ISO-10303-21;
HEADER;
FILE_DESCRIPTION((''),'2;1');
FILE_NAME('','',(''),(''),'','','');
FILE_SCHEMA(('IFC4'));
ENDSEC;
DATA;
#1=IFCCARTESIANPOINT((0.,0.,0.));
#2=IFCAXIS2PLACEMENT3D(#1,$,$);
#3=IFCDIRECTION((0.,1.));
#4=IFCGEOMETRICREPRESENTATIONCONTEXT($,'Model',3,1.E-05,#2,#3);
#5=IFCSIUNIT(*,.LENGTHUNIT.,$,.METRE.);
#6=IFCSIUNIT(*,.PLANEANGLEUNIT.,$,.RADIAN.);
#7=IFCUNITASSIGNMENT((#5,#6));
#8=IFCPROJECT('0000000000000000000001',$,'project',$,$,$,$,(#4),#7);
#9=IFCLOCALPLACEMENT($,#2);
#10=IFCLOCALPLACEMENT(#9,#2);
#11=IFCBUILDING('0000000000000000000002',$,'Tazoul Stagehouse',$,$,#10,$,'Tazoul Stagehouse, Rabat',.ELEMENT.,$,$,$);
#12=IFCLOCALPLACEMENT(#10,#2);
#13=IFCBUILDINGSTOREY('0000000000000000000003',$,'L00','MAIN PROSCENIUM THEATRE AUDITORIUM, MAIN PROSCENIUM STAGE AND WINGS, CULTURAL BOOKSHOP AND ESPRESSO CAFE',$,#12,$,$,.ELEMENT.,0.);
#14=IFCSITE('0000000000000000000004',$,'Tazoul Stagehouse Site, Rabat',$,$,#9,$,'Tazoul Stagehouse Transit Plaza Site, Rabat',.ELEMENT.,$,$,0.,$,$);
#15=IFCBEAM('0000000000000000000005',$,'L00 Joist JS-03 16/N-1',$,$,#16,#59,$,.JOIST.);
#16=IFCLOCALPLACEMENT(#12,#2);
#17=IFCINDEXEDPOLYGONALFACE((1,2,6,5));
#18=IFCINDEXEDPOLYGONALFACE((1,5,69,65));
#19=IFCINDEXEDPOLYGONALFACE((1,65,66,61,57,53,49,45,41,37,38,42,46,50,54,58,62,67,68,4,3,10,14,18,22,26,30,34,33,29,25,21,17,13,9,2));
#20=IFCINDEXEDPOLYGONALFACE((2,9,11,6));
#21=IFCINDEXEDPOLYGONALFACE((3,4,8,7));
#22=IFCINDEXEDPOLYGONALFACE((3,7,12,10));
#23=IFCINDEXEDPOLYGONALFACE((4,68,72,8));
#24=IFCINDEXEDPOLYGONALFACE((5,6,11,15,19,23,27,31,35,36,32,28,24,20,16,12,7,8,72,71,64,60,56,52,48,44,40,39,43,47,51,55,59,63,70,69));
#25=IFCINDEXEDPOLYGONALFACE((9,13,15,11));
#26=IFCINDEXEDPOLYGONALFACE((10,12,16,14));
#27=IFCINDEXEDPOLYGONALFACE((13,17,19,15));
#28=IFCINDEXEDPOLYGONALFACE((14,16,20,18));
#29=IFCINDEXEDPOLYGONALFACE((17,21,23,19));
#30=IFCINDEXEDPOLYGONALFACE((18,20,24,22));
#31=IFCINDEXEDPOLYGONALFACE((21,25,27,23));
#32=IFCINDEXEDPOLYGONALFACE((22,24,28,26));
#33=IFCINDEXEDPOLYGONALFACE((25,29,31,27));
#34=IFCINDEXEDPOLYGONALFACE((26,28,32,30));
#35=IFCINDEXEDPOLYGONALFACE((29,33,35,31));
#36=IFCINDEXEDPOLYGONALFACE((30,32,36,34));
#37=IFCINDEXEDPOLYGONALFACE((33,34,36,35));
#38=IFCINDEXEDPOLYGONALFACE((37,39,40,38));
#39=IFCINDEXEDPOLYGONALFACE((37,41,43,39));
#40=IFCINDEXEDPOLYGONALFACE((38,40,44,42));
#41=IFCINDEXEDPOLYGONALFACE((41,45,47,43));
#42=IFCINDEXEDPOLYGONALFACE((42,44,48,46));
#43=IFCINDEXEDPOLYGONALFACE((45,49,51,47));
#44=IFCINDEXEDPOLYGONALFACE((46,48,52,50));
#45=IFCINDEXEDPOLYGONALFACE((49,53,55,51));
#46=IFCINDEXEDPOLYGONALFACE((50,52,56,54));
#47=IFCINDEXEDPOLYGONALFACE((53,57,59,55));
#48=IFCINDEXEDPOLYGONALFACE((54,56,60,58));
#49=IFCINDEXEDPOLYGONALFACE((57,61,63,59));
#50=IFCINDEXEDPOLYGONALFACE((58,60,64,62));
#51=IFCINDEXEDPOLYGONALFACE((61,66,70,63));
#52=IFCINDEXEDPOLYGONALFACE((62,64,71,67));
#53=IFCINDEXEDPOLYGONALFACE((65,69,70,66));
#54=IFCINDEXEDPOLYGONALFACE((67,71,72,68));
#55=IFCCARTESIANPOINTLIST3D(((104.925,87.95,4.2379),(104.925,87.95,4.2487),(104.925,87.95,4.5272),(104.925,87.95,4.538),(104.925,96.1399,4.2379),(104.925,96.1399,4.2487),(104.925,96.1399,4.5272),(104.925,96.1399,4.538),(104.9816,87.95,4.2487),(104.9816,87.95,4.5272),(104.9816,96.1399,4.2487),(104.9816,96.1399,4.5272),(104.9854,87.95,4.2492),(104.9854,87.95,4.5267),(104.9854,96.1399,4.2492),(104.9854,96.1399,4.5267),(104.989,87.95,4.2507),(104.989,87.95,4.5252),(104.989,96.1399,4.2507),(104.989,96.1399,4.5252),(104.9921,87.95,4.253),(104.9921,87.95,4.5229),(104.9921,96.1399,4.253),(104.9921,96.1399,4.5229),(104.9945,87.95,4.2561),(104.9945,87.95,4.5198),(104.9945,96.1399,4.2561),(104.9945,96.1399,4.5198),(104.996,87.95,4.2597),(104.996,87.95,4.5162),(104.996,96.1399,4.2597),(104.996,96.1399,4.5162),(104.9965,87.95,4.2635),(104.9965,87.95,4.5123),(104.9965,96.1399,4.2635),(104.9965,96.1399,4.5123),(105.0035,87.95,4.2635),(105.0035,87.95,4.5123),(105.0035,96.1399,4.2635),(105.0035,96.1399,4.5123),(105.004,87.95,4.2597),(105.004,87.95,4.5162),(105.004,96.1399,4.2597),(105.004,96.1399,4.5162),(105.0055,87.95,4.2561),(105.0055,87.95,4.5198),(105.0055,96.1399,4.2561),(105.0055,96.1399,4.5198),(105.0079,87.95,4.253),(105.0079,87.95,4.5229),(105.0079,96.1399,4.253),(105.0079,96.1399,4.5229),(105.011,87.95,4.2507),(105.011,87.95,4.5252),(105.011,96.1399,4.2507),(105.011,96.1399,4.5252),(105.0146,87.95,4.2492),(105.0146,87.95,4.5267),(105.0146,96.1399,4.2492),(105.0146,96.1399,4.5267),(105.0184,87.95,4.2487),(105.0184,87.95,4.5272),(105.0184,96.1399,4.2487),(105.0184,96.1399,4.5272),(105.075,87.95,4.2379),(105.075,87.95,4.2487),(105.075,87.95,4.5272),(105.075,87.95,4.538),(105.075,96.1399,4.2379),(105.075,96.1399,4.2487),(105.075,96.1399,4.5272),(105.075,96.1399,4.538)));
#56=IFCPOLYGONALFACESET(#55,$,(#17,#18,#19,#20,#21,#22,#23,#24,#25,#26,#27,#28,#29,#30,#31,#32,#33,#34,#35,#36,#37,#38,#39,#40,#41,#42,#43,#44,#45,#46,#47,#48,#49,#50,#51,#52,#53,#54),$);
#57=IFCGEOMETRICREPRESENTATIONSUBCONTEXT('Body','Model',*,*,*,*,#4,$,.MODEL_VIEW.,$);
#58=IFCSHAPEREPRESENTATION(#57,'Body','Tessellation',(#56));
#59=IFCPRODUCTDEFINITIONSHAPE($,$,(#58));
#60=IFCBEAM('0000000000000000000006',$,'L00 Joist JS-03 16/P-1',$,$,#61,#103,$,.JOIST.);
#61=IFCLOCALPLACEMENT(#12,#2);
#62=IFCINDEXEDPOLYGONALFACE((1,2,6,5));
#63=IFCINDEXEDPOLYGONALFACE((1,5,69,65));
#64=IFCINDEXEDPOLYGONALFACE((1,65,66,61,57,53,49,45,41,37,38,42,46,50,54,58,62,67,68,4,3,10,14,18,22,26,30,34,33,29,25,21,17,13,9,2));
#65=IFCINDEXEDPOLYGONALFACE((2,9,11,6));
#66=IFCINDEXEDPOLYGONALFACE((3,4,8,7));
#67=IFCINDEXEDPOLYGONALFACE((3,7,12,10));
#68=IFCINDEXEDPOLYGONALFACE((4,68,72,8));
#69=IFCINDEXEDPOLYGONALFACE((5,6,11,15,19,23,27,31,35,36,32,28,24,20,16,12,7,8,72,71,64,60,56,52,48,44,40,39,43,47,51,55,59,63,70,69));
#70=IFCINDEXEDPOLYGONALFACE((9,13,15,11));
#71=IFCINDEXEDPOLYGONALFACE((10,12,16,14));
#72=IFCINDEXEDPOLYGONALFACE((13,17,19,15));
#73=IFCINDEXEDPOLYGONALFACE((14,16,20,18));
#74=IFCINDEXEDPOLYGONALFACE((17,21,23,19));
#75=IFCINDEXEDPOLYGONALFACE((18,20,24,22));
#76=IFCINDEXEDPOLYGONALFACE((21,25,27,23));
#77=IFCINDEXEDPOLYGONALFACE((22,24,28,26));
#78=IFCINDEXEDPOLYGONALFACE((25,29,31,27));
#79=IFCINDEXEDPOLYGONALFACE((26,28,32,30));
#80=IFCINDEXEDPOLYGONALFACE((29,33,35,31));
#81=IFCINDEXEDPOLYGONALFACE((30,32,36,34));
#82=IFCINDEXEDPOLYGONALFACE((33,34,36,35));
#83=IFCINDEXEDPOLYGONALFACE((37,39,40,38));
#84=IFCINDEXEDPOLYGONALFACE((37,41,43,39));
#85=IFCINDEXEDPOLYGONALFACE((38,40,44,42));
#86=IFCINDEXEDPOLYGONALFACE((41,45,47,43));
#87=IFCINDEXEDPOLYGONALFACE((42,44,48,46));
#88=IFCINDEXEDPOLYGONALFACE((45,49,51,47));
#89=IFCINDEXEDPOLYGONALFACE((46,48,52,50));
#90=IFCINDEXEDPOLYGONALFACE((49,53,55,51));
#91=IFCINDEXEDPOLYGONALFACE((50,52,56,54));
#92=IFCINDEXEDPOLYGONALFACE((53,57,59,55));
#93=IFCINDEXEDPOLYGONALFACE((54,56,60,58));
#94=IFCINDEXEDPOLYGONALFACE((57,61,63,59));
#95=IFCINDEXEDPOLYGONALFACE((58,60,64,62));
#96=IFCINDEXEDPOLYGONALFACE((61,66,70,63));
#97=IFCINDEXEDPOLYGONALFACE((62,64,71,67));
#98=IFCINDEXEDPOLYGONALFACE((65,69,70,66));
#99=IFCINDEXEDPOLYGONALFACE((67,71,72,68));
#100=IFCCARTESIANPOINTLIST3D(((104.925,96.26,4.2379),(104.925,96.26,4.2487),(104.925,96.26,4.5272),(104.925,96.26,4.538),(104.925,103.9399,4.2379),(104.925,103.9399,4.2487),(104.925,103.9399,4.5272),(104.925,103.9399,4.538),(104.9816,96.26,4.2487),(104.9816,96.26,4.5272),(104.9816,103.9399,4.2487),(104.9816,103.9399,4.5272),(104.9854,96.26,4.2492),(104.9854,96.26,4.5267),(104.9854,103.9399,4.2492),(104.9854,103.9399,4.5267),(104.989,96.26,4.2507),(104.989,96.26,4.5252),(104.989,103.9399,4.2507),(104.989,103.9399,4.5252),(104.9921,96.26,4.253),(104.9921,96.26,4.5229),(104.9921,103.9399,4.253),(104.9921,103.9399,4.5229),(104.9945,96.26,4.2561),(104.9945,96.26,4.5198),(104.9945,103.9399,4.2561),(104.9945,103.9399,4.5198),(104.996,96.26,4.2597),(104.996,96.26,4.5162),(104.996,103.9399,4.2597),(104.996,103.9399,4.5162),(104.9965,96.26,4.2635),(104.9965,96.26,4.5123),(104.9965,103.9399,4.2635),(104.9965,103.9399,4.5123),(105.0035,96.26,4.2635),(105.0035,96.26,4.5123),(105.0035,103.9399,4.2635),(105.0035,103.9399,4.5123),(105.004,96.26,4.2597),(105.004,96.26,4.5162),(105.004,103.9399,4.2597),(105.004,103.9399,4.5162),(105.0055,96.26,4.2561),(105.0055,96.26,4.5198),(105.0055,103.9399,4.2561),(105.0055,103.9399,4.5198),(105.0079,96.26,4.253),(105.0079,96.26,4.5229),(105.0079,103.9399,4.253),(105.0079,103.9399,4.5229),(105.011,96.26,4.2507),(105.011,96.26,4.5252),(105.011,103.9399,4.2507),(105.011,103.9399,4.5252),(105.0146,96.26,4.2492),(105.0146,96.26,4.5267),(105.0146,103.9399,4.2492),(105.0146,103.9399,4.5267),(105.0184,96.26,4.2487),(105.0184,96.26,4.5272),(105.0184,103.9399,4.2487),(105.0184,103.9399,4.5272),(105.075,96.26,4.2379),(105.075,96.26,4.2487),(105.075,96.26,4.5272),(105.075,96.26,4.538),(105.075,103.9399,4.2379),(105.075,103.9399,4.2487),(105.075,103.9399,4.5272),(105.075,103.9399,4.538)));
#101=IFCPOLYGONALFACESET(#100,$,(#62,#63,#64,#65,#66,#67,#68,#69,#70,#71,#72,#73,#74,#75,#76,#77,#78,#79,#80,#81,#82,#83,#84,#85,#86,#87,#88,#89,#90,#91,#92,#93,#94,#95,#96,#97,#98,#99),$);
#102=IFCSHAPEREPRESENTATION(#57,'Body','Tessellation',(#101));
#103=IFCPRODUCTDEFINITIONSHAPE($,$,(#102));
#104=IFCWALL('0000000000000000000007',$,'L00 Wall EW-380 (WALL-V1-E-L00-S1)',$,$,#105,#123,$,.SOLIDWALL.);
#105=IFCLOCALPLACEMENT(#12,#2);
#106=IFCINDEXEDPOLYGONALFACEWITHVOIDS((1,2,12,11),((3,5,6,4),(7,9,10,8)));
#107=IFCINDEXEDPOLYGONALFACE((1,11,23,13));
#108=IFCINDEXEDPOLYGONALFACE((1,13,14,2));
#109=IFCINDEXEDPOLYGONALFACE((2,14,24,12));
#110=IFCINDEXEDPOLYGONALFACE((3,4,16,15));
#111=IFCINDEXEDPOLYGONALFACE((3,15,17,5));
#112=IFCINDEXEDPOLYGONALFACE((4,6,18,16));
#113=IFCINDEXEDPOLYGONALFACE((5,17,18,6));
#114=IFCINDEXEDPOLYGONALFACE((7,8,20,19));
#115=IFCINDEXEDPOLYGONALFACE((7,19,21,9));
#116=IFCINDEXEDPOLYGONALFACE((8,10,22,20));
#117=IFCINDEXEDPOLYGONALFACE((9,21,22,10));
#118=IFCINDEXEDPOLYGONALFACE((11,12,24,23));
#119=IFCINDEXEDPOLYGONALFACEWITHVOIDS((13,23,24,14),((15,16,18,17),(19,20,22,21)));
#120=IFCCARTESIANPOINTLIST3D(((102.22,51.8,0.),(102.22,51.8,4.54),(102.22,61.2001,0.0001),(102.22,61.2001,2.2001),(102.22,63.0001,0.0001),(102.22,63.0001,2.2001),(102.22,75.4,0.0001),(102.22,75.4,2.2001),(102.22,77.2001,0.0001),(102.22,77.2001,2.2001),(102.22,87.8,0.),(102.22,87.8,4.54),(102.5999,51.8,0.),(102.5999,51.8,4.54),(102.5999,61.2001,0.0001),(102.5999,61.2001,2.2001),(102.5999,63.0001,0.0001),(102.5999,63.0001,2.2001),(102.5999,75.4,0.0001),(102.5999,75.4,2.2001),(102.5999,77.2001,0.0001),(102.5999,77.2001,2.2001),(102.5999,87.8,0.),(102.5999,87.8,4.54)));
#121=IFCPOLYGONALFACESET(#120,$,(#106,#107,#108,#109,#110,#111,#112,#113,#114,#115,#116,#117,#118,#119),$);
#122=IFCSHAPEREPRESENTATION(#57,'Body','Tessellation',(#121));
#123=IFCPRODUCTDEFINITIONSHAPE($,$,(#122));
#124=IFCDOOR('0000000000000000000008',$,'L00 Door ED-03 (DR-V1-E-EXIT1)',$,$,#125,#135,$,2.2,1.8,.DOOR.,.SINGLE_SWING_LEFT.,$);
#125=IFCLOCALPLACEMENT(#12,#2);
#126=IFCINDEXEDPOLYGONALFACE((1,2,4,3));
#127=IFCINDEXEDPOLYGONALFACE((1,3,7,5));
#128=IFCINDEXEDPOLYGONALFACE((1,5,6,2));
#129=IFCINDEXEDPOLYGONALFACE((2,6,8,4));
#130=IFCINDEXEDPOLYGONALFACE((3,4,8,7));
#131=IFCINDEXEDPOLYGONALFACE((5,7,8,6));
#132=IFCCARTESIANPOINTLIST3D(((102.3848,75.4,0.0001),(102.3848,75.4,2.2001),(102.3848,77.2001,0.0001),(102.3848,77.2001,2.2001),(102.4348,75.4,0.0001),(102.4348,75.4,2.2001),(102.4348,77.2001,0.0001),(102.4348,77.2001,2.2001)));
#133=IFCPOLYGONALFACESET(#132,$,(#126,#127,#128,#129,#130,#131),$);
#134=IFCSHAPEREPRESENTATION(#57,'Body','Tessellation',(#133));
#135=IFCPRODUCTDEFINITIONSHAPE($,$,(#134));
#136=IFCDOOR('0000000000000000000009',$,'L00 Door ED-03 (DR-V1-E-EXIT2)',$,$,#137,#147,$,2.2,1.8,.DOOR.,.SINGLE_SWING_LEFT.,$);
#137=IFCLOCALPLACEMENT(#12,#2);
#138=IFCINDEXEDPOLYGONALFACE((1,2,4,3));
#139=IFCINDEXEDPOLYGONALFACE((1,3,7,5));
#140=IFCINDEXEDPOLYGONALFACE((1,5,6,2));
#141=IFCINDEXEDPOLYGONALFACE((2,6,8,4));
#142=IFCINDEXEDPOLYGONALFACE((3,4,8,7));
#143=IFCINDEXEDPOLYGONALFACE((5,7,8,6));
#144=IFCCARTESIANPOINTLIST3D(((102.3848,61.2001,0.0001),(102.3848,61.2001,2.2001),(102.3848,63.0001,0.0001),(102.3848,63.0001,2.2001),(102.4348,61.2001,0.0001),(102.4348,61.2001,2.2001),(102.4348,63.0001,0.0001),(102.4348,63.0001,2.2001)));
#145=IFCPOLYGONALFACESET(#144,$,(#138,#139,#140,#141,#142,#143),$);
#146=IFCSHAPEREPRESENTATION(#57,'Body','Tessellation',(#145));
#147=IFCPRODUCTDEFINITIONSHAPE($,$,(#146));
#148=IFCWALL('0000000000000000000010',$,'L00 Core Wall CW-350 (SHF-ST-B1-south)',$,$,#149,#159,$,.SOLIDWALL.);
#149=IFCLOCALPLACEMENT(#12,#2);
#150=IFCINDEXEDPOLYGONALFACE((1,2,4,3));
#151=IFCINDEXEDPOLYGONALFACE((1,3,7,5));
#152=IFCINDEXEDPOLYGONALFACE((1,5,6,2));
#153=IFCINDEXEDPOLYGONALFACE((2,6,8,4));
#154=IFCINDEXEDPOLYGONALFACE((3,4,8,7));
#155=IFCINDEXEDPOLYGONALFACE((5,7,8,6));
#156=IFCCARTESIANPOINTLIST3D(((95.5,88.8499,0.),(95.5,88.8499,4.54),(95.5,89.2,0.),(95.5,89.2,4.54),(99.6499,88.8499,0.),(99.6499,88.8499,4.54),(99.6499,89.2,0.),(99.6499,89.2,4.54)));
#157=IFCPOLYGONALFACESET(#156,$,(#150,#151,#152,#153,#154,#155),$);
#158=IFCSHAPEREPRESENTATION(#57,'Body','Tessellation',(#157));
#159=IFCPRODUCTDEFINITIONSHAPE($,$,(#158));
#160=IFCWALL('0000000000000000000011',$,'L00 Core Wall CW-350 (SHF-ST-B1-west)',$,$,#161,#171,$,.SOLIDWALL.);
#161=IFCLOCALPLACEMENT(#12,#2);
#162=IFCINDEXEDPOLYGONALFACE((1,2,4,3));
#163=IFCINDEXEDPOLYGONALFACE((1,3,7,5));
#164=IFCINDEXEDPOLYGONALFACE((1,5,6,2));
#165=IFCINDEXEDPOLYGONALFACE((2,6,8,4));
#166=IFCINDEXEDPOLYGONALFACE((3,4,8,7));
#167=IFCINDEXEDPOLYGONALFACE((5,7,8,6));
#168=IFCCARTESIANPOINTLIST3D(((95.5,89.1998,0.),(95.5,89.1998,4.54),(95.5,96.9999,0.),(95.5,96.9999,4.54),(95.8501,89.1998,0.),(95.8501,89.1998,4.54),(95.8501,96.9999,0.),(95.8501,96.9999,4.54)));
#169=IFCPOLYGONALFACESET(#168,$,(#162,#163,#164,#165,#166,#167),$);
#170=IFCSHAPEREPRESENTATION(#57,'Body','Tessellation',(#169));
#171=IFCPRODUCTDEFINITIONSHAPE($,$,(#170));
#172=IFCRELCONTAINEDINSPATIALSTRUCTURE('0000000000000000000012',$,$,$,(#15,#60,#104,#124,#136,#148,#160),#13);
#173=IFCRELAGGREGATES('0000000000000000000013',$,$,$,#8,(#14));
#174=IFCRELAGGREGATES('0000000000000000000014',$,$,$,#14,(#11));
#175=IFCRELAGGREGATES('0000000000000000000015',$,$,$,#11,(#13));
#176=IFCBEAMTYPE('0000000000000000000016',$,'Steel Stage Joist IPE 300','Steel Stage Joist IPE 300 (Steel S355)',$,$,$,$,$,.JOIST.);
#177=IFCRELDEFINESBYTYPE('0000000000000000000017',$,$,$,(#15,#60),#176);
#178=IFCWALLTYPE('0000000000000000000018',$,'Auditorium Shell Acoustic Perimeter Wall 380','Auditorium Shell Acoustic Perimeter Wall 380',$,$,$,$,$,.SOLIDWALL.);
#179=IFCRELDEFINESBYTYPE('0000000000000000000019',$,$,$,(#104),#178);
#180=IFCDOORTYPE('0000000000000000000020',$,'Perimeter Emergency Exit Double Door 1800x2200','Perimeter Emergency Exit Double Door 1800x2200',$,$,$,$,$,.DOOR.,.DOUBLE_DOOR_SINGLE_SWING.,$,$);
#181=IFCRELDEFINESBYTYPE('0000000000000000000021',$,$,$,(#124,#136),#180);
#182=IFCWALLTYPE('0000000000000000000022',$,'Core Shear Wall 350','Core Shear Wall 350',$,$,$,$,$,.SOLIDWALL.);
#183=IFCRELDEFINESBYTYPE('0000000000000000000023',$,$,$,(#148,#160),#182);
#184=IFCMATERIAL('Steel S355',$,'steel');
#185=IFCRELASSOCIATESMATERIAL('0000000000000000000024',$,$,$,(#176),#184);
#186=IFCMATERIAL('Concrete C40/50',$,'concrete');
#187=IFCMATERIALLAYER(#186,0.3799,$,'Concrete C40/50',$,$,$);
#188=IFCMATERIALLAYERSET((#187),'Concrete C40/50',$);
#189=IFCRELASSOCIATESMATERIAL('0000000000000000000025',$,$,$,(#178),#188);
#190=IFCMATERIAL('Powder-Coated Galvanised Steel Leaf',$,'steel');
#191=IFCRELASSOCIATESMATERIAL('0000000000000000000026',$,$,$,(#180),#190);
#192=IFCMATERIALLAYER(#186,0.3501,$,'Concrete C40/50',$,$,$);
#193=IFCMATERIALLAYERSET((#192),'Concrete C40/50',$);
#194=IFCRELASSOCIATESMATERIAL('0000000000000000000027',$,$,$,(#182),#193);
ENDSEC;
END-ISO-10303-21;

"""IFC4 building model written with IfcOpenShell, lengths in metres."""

from ifc_helpers import new_model, si_unit, direction, frame, frame_2d, origin, origin_2d, place, context, subcontext, project, spatial, rectangle, i_section, extrude, material, layer, layer_set, material_profile, profile_set, type_object, element, fill, save


model = new_model("IFC4")

# Units and contexts
model_context = context("Model", 3, precision=1e-05, world=origin(), true_north=direction((0.0, 1.0)))
body_context = subcontext(model_context, "Body", "Model", "MODEL_VIEW")
ifc_project = project(units=[si_unit("LENGTHUNIT", "METRE"), si_unit("PLANEANGLEUNIT", "RADIAN")], contexts=[model_context])

# Site, building, storey
site_placement = place(None, origin())
site = spatial("IfcSite", under=ifc_project, at=site_placement, Name="Tazoul Stagehouse Site, Rabat", LongName="Tazoul Stagehouse Transit Plaza Site, Rabat", CompositionType="ELEMENT", RefElevation=0.0)
building_placement = place(site_placement, origin())
building = spatial("IfcBuilding", under=site, at=building_placement, Name="Tazoul Stagehouse", LongName="Tazoul Stagehouse, Rabat", CompositionType="ELEMENT")
storey_placement = place(building_placement, origin())
storey = spatial("IfcBuildingStorey", under=building, at=storey_placement, Name="L00", Description="MAIN PROSCENIUM THEATRE AUDITORIUM, MAIN PROSCENIUM STAGE AND WINGS, CULTURAL BOOKSHOP AND ESPRESSO CAFE", CompositionType="ELEMENT", Elevation=0.0)

# Shared definitions
ifc_material_1 = material(Name="Concrete C40/50", Category="concrete")

# Beams
ifc_material_2 = material(Name="Steel S355", Category="steel")
ifc_material_profile_1 = material_profile(ifc_material_2, i_section(OverallWidth=0.1499, OverallDepth=0.3, WebThickness=0.0071, FlangeThickness=0.0107, FilletRadius=0.0149, at=origin_2d()), Name="IPE 300")
ifc_profile_set_1 = profile_set([ifc_material_profile_1], Name="Steel S355")
beam_type_1 = type_object("IfcBeamType", Name="Steel Stage Joist IPE 300", Description="Steel Stage Joist IPE 300 (Steel S355)", PredefinedType="JOIST", material=ifc_profile_set_1)
beam_1_placement = place(storey_placement, frame((105.0, 87.95, 4.3879), z_axis=(0.0, 1.0, 0.0), x_axis=(-1.0, 0.0, 0.0)))
element("IfcBeam", 1, at=beam_1_placement, inside=storey, type_object=beam_type_1, Name="L00 Joist JS-03 16/N-1", PredefinedType="JOIST", context=body_context, shape_type="SweptSolid", body=[
    extrude(i_section(OverallWidth=0.1499, OverallDepth=0.3, WebThickness=0.0071, FlangeThickness=0.0107, FilletRadius=0.0149, at=origin_2d()), origin(), (0.0, 0.0, 1.0), 8.1899),
])
beam_2_placement = place(storey_placement, frame((105.0, 96.26, 4.3879), z_axis=(0.0, 1.0, 0.0), x_axis=(-1.0, 0.0, 0.0)))
element("IfcBeam", 2, at=beam_2_placement, inside=storey, type_object=beam_type_1, Name="L00 Joist JS-03 16/P-1", PredefinedType="JOIST", context=body_context, shape_type="SweptSolid", body=[
    extrude(i_section(OverallWidth=0.1499, OverallDepth=0.3, WebThickness=0.0071, FlangeThickness=0.0107, FilletRadius=0.0149, at=origin_2d()), origin(), (0.0, 0.0, 1.0), 7.6799),
])

# Wall, openings, doors
ifc_layer_1 = layer(ifc_material_1, 0.3799, Name="Concrete C40/50")
ifc_layer_set_1 = layer_set([ifc_layer_1], Name="Concrete C40/50")
wall_type_1 = type_object("IfcWallType", Name="Auditorium Shell Acoustic Perimeter Wall 380", Description="Auditorium Shell Acoustic Perimeter Wall 380", PredefinedType="SOLIDWALL", material=ifc_layer_set_1)
wall_1_placement = place(storey_placement, frame((102.4099, 87.8, 0.0), z_axis=(0.0, 0.0, 1.0), x_axis=(0.0, -1.0, 0.0)))
wall_1 = element("IfcWall", 3, at=wall_1_placement, inside=storey, type_object=wall_type_1, Name="L00 Wall EW-380 (WALL-V1-E-L00-S1)", PredefinedType="SOLIDWALL", context=body_context, shape_type="SweptSolid", body=[
    extrude(rectangle(XDim=36.0, YDim=0.3799, at=frame_2d((18.0, 0.0))), origin(), (0.0, 0.0, 1.0), 4.54),
])
opening_1_placement = place(wall_1_placement, frame((10.6001, 0.0, 0.0)))
opening_1 = element("IfcOpeningElement", 4, at=opening_1_placement, cuts=wall_1, PredefinedType="OPENING", context=body_context, shape_type="SweptSolid", body=[
    extrude(rectangle(XDim=1.8, YDim=2.2, at=frame_2d((0.8999, 1.1001))), frame((0.0, 0.21, 0.0), z_axis=(0.0, -1.0, 0.0), x_axis=(1.0, 0.0, 0.0)), (0.0, 0.0, 1.0), 0.4199),
])
opening_2_placement = place(wall_1_placement, frame((24.8, 0.0, 0.0)))
opening_2 = element("IfcOpeningElement", 5, at=opening_2_placement, cuts=wall_1, PredefinedType="OPENING", context=body_context, shape_type="SweptSolid", body=[
    extrude(rectangle(XDim=1.8, YDim=2.2, at=frame_2d((0.8999, 1.1001))), frame((0.0, 0.21, 0.0), z_axis=(0.0, -1.0, 0.0), x_axis=(1.0, 0.0, 0.0)), (0.0, 0.0, 1.0), 0.4199),
])
ifc_material_3 = material(Name="Powder-Coated Galvanised Steel Leaf", Category="steel")
door_type = type_object("IfcDoorType", Name="Perimeter Emergency Exit Double Door 1800x2200", Description="Perimeter Emergency Exit Double Door 1800x2200", OperationType="DOUBLE_DOOR_SINGLE_SWING", PredefinedType="DOOR", material=ifc_material_3)
door_1_placement = place(opening_1_placement, origin())
door_1 = element("IfcDoor", 6, at=door_1_placement, inside=storey, type_object=door_type, Name="L00 Door ED-03 (DR-V1-E-EXIT1)", OperationType="SINGLE_SWING_LEFT", OverallHeight=2.2, OverallWidth=1.8, PredefinedType="DOOR", context=body_context, shape_type="SweptSolid", body=[
    extrude(rectangle(XDim=1.8, YDim=2.2, at=frame_2d((0.8999, 1.1001))), frame((0.0, 0.0249, 0.0), z_axis=(0.0, -1.0, 0.0), x_axis=(1.0, 0.0, 0.0)), (0.0, 0.0, 1.0), 0.05),
])
fill(opening_1, door_1)
door_2_placement = place(opening_2_placement, origin())
door_2 = element("IfcDoor", 7, at=door_2_placement, inside=storey, type_object=door_type, Name="L00 Door ED-03 (DR-V1-E-EXIT2)", OperationType="SINGLE_SWING_LEFT", OverallHeight=2.2, OverallWidth=1.8, PredefinedType="DOOR", context=body_context, shape_type="SweptSolid", body=[
    extrude(rectangle(XDim=1.8, YDim=2.2, at=frame_2d((0.8999, 1.1001))), frame((0.0, 0.0249, 0.0), z_axis=(0.0, -1.0, 0.0), x_axis=(1.0, 0.0, 0.0)), (0.0, 0.0, 1.0), 0.05),
])
fill(opening_2, door_2)

# Walls
ifc_layer_2 = layer(ifc_material_1, 0.3501, Name="Concrete C40/50")
ifc_layer_set_2 = layer_set([ifc_layer_2], Name="Concrete C40/50")
wall_type_2 = type_object("IfcWallType", Name="Core Shear Wall 350", Description="Core Shear Wall 350", PredefinedType="SOLIDWALL", material=ifc_layer_set_2)
wall_2_placement = place(storey_placement, frame((99.6499, 89.0249, 0.0), z_axis=(0.0, 0.0, 1.0), x_axis=(-1.0, 0.0, 0.0)))
element("IfcWall", 8, at=wall_2_placement, inside=storey, type_object=wall_type_2, Name="L00 Core Wall CW-350 (SHF-ST-B1-south)", PredefinedType="SOLIDWALL", context=body_context, shape_type="SweptSolid", body=[
    extrude(rectangle(XDim=4.1499, YDim=0.3501, at=frame_2d((2.075, 0.0))), origin(), (0.0, 0.0, 1.0), 4.54),
])
wall_3_placement = place(storey_placement, frame((95.675, 89.2, 0.0), z_axis=(0.0, 0.0, 1.0), x_axis=(0.0, 1.0, 0.0)))
element("IfcWall", 9, at=wall_3_placement, inside=storey, type_object=wall_type_2, Name="L00 Core Wall CW-350 (SHF-ST-B1-west)", PredefinedType="SOLIDWALL", context=body_context, shape_type="SweptSolid", body=[
    extrude(rectangle(XDim=7.8, YDim=0.3501, at=frame_2d((3.8999, 0.0))), origin(), (0.0, 0.0, 1.0), 4.54),
])

save(model, "model.ifc")
